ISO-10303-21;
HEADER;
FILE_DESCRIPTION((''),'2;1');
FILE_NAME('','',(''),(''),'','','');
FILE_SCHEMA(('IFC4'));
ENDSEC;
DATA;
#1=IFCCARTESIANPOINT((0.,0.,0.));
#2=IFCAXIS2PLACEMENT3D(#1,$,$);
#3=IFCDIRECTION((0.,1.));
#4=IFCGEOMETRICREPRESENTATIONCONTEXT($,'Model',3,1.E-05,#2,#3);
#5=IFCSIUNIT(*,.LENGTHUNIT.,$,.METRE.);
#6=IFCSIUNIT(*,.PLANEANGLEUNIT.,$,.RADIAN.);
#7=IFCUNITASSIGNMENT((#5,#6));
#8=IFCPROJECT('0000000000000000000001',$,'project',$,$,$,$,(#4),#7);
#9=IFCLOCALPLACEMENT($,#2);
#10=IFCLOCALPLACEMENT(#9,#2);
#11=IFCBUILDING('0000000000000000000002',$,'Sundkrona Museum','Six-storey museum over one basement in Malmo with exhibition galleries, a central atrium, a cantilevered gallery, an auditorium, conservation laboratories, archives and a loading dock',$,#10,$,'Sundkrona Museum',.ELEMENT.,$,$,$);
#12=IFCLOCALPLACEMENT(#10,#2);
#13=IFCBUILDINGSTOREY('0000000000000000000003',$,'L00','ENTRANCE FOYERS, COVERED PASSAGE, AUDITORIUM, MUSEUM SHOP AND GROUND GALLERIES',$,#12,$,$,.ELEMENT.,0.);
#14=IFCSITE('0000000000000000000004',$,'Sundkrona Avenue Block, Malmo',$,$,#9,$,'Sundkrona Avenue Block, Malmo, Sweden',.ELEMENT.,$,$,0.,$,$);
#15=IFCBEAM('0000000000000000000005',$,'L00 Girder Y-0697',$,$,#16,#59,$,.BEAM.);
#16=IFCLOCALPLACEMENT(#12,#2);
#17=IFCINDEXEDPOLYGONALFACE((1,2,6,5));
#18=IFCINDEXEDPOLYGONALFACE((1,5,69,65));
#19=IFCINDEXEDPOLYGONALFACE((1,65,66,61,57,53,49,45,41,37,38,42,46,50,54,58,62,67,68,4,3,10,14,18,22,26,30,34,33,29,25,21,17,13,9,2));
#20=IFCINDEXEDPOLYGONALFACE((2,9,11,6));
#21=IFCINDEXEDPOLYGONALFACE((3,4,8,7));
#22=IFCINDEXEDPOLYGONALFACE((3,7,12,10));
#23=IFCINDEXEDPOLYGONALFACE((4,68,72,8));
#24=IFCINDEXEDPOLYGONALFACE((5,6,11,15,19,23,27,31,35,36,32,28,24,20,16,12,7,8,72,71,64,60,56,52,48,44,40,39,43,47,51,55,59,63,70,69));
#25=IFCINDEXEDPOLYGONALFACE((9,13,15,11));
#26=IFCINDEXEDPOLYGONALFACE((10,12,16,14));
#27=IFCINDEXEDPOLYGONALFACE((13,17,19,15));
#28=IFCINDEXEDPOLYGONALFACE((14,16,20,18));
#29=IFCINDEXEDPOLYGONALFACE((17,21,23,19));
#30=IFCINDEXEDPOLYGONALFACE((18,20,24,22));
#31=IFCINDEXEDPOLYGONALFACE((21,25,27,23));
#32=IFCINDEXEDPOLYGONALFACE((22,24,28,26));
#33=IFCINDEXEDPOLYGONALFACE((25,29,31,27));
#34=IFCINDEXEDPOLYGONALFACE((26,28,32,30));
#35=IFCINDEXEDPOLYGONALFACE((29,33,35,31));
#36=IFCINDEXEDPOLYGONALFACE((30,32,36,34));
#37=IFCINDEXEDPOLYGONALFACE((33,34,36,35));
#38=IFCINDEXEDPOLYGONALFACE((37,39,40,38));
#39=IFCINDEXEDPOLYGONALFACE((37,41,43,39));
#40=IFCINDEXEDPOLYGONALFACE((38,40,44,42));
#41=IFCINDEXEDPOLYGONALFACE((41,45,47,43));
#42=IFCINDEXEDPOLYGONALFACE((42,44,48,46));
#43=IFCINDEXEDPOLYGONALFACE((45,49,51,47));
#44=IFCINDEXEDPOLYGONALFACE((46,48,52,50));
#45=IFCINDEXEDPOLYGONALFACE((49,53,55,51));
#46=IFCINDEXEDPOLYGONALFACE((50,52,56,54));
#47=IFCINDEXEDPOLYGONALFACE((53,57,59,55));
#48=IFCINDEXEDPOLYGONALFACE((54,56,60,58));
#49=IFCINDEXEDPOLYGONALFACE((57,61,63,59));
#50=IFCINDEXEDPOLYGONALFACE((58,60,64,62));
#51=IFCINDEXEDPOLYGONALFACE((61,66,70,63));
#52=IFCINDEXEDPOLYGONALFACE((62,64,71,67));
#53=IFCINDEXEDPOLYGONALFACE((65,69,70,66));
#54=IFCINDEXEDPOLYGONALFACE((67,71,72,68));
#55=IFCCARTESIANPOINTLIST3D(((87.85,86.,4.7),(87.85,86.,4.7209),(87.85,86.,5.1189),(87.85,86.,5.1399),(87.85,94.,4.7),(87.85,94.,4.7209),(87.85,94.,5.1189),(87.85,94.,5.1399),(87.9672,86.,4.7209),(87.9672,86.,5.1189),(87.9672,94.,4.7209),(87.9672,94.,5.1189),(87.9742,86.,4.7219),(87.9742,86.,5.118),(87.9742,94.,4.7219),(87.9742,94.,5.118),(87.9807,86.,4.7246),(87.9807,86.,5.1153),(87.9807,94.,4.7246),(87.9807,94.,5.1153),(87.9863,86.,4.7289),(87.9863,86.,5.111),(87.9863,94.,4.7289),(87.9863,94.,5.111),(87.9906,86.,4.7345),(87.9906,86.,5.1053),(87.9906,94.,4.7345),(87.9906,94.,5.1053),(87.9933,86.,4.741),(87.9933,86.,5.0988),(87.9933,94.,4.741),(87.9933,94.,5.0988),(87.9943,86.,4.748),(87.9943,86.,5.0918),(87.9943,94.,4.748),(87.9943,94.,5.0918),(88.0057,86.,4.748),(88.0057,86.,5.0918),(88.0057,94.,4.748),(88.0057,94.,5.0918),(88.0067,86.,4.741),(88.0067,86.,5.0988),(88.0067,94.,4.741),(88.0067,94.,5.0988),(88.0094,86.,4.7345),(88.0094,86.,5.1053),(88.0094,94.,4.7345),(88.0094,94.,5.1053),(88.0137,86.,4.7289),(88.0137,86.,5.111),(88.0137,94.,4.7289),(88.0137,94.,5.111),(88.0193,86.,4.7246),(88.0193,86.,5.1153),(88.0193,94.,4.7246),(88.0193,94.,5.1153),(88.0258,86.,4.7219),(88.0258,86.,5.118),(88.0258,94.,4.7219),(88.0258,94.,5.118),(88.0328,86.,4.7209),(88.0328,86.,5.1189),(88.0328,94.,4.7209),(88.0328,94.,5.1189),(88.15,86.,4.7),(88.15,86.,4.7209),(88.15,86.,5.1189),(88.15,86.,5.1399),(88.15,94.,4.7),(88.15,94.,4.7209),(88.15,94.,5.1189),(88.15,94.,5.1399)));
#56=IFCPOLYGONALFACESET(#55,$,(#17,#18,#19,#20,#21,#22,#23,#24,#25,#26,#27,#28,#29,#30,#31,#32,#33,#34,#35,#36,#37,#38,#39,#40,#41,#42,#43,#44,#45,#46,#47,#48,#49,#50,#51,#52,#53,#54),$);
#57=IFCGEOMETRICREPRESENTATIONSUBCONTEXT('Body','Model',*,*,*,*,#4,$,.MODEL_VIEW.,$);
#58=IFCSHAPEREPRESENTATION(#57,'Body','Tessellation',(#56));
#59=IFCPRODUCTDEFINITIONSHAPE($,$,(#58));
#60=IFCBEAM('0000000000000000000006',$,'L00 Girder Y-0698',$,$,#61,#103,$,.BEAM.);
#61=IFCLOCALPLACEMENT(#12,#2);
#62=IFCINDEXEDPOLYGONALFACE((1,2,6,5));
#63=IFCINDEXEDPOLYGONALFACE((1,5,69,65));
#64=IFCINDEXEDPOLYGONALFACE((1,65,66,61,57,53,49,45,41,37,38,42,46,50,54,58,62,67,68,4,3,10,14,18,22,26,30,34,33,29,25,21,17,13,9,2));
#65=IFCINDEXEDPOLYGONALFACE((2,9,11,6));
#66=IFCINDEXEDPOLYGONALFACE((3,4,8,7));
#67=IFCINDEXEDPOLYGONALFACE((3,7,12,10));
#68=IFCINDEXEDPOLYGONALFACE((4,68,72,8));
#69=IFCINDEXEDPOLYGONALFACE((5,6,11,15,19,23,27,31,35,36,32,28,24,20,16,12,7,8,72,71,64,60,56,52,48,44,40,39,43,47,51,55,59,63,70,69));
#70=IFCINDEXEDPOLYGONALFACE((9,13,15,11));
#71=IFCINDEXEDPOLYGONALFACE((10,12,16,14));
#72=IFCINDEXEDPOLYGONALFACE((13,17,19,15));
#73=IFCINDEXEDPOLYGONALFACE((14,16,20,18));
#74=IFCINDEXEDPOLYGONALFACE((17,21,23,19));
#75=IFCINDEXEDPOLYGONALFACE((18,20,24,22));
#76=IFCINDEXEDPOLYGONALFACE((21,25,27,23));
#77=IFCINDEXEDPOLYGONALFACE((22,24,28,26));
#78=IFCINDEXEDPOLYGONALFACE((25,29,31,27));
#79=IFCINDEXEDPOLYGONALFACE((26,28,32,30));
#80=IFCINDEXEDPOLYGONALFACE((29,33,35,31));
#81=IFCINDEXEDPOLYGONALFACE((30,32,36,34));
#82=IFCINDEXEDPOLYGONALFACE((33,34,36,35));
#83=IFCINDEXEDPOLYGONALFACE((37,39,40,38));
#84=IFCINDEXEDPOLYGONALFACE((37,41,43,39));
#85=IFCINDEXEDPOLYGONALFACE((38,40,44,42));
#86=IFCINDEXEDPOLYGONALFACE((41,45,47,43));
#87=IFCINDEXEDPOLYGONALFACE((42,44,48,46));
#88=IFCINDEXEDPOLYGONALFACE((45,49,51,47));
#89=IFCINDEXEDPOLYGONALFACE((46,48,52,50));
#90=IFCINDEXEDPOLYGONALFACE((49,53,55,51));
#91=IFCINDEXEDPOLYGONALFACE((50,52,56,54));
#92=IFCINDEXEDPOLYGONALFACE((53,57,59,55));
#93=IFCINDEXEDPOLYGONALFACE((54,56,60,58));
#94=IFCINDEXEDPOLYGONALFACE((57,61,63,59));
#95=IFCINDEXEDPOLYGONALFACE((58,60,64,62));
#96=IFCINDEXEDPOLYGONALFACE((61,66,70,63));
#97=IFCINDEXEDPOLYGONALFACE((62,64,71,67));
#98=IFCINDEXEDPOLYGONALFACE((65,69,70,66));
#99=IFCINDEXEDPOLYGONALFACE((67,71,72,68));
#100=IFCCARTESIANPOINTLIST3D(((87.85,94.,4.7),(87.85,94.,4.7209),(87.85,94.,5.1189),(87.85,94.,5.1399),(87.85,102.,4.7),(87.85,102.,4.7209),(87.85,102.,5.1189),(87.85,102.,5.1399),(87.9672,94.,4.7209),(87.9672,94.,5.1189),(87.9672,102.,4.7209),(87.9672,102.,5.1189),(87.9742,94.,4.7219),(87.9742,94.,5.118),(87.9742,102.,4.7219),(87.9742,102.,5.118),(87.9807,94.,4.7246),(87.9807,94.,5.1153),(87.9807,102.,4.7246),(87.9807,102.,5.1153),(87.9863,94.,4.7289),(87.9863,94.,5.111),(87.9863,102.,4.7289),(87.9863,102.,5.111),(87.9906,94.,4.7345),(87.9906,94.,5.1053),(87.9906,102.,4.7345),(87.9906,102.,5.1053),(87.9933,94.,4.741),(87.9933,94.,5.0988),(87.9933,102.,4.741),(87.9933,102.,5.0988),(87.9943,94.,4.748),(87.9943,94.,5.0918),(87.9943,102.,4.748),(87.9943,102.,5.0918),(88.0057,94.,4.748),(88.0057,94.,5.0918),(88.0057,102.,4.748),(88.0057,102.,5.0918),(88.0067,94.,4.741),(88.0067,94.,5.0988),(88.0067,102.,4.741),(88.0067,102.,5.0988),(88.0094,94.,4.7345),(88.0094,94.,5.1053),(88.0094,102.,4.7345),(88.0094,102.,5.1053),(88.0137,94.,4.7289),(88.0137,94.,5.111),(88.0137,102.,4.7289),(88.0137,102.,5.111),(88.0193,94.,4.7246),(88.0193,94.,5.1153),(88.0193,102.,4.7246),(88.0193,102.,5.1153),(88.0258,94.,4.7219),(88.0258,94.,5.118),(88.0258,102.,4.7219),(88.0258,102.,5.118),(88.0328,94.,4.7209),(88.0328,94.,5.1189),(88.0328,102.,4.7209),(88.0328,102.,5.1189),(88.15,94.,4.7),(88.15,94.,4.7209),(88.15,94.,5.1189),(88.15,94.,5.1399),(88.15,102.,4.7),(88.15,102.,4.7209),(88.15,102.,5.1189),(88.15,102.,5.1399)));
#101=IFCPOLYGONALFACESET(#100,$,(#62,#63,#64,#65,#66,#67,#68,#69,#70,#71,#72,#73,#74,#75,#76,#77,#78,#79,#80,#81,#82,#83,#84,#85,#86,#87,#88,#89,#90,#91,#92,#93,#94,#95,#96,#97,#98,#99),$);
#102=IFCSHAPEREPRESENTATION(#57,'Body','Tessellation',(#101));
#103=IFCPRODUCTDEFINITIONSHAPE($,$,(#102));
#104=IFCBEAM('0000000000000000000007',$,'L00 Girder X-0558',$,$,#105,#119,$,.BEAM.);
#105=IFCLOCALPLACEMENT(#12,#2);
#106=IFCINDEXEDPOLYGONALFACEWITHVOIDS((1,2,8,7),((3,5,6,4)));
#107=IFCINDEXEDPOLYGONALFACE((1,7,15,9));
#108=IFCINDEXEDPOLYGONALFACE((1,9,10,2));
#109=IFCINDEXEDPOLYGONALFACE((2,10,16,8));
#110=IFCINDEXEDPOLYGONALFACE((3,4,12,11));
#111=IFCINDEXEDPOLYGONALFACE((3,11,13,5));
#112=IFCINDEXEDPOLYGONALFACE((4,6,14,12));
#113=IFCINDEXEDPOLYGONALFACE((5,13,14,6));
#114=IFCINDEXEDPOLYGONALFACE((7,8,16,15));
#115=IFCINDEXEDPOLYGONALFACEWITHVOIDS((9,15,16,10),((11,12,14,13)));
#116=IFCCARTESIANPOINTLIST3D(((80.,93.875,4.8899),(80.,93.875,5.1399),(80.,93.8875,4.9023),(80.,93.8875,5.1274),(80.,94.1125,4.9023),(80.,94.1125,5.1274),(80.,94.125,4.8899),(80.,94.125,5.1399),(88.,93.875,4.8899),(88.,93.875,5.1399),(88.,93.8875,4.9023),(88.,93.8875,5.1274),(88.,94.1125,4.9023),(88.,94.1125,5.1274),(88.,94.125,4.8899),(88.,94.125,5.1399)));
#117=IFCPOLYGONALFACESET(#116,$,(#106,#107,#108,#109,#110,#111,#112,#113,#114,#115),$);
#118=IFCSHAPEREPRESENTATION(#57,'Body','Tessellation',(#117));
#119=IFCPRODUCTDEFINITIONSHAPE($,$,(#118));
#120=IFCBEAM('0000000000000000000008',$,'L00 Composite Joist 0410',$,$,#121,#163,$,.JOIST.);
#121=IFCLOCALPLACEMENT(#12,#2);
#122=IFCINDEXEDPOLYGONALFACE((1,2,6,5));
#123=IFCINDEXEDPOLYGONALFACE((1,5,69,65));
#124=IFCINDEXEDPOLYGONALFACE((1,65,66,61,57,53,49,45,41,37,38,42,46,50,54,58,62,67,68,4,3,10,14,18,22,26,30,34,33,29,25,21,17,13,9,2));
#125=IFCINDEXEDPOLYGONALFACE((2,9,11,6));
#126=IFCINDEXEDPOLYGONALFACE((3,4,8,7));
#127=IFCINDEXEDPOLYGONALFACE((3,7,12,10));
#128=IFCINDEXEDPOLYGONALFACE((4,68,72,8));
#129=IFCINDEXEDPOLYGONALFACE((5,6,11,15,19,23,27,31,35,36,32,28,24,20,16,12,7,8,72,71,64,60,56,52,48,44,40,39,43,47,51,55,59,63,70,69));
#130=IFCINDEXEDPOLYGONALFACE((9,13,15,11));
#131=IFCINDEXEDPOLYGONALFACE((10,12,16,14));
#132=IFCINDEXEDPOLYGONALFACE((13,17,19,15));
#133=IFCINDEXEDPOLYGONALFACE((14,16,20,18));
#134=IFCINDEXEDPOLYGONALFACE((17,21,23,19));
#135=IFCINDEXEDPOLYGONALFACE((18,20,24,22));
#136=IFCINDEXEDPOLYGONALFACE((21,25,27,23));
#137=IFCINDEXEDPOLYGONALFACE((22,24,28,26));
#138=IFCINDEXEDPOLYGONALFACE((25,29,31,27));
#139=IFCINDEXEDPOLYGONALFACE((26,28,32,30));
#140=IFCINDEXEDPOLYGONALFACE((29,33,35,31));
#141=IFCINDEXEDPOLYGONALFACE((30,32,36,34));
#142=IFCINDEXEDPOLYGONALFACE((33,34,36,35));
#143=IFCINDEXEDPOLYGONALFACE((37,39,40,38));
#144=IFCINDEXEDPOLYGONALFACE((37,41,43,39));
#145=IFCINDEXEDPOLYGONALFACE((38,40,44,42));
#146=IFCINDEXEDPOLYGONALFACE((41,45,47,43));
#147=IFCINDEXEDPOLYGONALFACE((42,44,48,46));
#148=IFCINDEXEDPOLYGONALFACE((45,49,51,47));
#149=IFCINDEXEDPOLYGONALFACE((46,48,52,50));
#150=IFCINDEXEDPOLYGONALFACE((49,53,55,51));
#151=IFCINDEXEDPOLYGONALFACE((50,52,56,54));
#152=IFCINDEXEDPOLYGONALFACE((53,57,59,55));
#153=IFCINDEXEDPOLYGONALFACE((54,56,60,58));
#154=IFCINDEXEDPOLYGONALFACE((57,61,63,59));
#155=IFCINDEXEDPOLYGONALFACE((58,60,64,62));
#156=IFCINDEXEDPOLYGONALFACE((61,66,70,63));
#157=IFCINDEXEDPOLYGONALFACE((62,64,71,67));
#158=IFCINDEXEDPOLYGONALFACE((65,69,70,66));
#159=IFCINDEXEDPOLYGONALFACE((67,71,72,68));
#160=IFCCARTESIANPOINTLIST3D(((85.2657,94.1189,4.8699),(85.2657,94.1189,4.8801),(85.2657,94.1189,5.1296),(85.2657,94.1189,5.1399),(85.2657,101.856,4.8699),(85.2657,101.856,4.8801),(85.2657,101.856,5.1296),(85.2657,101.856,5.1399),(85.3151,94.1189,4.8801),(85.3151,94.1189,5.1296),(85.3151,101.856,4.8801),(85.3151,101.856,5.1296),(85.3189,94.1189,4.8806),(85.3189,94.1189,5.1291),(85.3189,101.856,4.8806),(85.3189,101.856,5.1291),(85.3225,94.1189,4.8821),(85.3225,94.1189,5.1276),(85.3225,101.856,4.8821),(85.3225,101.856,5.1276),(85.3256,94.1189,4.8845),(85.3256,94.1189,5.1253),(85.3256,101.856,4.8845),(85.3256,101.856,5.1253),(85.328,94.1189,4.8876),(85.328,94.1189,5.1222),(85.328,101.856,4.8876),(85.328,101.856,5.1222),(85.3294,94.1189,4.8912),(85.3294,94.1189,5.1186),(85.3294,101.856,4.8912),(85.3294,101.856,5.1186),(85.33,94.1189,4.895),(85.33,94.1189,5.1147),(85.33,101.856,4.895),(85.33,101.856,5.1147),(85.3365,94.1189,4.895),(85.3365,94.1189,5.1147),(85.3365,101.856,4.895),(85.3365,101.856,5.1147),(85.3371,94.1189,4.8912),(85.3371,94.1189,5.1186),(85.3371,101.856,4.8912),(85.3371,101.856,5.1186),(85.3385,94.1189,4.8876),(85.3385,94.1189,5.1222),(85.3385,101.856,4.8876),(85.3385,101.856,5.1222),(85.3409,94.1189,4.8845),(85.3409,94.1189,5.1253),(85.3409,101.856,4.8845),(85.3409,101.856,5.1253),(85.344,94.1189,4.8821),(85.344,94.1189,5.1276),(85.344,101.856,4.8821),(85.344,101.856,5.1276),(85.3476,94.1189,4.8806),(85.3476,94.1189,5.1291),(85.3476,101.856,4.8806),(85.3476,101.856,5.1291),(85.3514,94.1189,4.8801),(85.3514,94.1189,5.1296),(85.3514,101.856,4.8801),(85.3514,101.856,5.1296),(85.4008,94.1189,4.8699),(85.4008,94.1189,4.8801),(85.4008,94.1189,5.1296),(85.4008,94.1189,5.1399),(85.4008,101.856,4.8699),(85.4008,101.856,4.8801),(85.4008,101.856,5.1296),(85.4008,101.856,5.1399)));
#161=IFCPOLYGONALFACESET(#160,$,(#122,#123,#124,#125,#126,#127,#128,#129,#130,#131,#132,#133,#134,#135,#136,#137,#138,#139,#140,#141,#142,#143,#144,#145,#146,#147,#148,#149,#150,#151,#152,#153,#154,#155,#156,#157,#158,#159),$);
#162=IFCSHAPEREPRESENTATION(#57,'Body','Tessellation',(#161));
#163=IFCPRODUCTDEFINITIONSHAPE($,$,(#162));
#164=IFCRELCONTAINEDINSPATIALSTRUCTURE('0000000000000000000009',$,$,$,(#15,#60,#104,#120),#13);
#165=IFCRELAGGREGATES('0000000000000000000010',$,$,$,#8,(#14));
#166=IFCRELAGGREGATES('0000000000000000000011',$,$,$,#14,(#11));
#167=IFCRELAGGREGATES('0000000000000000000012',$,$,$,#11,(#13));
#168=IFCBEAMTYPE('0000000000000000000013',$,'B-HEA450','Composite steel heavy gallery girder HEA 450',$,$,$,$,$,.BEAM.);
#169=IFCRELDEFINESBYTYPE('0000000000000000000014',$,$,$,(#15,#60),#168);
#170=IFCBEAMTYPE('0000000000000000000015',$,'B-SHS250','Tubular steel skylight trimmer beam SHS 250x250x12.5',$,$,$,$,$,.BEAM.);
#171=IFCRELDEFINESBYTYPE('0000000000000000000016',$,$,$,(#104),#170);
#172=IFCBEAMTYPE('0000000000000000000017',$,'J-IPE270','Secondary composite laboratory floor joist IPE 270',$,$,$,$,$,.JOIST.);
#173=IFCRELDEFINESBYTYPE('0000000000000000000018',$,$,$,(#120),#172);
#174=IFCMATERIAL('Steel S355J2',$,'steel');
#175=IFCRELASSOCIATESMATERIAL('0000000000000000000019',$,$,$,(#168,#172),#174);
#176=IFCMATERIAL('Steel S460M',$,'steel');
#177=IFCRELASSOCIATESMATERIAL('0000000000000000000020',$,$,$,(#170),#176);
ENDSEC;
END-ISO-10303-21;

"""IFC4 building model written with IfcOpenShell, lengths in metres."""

from ifc_helpers import new_model, si_unit, direction, frame, origin, origin_2d, place, context, subcontext, project, spatial, hollow_rectangle, i_section, extrude, material, material_profile, profile_set, type_object, element, save


model = new_model("IFC4")

# Units and contexts
model_context = context("Model", 3, precision=1e-05, world=origin(), true_north=direction((0.0, 1.0)))
body_context = subcontext(model_context, "Body", "Model", "MODEL_VIEW")
ifc_project = project(units=[si_unit("LENGTHUNIT", "METRE"), si_unit("PLANEANGLEUNIT", "RADIAN")], contexts=[model_context])

# Site, building, storey
site_placement = place(None, origin())
site = spatial("IfcSite", under=ifc_project, at=site_placement, Name="Sundkrona Avenue Block, Malmo", LongName="Sundkrona Avenue Block, Malmo, Sweden", CompositionType="ELEMENT", RefElevation=0.0)
building_placement = place(site_placement, origin())
building = spatial("IfcBuilding", under=site, at=building_placement, Name="Sundkrona Museum", Description="Six-storey museum over one basement in Malmo with exhibition galleries, a central atrium, a cantilevered gallery, an auditorium, conservation laboratories, archives and a loading dock", LongName="Sundkrona Museum", CompositionType="ELEMENT")
storey_placement = place(building_placement, origin())
storey = spatial("IfcBuildingStorey", under=building, at=storey_placement, Name="L00", Description="ENTRANCE FOYERS, COVERED PASSAGE, AUDITORIUM, MUSEUM SHOP AND GROUND GALLERIES", CompositionType="ELEMENT", Elevation=0.0)

# Shared definitions
ifc_material_1 = material(Name="Steel S355J2", Category="steel")

# Beams
ifc_material_profile_1 = material_profile(ifc_material_1, i_section(OverallWidth=0.3, OverallDepth=0.4399, WebThickness=0.0115, FlangeThickness=0.021, FilletRadius=0.0271, at=origin_2d()), Name="HEA 450")
ifc_profile_set_1 = profile_set([ifc_material_profile_1], Name="Steel S355J2")
beam_type_1 = type_object("IfcBeamType", Name="B-HEA450", Description="Composite steel heavy gallery girder HEA 450", PredefinedType="BEAM", material=ifc_profile_set_1)
for number, where, z_axis, x_axis, name in (
    (1, (88.0, 86.0, 4.9199), (0.0, 1.0, 0.0), (-1.0, 0.0, 0.0), "L00 Girder Y-0697"),
    (2, (88.0, 94.0, 4.9199), (0.0, 1.0, 0.0), (-1.0, 0.0, 0.0), "L00 Girder Y-0698"),
):
    element("IfcBeam", number, at=place(storey_placement, frame(where, z_axis=z_axis, x_axis=x_axis)), inside=storey, type_object=beam_type_1, Name=name, PredefinedType="BEAM", context=body_context, shape_type="SweptSolid", body=[
        extrude(i_section(OverallWidth=0.3, OverallDepth=0.4399, WebThickness=0.0115, FlangeThickness=0.021, FilletRadius=0.0271, at=origin_2d()), origin(), (0.0, 0.0, 1.0), 8.0),
    ])
ifc_material_2 = material(Name="Steel S460M", Category="steel")
ifc_material_profile_2 = material_profile(ifc_material_2, hollow_rectangle(XDim=0.25, YDim=0.25, WallThickness=0.0125, at=origin_2d()), Name="SHS 250x250x12.5")
ifc_profile_set_2 = profile_set([ifc_material_profile_2], Name="Steel S460M")
beam_type_2 = type_object("IfcBeamType", Name="B-SHS250", Description="Tubular steel skylight trimmer beam SHS 250x250x12.5", PredefinedType="BEAM", material=ifc_profile_set_2)
beam_1_placement = place(storey_placement, frame((80.0, 94.0, 5.0149), z_axis=(1.0, 0.0, 0.0), x_axis=(0.0, 1.0, 0.0)))
element("IfcBeam", 3, at=beam_1_placement, inside=storey, type_object=beam_type_2, Name="L00 Girder X-0558", PredefinedType="BEAM", context=body_context, shape_type="SweptSolid", body=[
    extrude(hollow_rectangle(XDim=0.25, YDim=0.25, WallThickness=0.0125, at=origin_2d()), origin(), (0.0, 0.0, 1.0), 8.0),
])
ifc_material_profile_3 = material_profile(ifc_material_1, i_section(OverallWidth=0.135, OverallDepth=0.27, WebThickness=0.0066, FlangeThickness=0.0103, FilletRadius=0.0149, at=origin_2d()), Name="IPE 270")
ifc_profile_set_3 = profile_set([ifc_material_profile_3], Name="Steel S355J2")
beam_type_3 = type_object("IfcBeamType", Name="J-IPE270", Description="Secondary composite laboratory floor joist IPE 270", PredefinedType="JOIST", material=ifc_profile_set_3)
beam_2_placement = place(storey_placement, frame((85.3333, 94.1189, 5.0049), z_axis=(0.0, 1.0, 0.0), x_axis=(-1.0, 0.0, 0.0)))
element("IfcBeam", 4, at=beam_2_placement, inside=storey, type_object=beam_type_3, Name="L00 Composite Joist 0410", PredefinedType="JOIST", context=body_context, shape_type="SweptSolid", body=[
    extrude(i_section(OverallWidth=0.135, OverallDepth=0.27, WebThickness=0.0066, FlangeThickness=0.0103, FilletRadius=0.0149, at=origin_2d()), origin(), (0.0, 0.0, 1.0), 7.7371),
])

save(model, "model.ifc")
